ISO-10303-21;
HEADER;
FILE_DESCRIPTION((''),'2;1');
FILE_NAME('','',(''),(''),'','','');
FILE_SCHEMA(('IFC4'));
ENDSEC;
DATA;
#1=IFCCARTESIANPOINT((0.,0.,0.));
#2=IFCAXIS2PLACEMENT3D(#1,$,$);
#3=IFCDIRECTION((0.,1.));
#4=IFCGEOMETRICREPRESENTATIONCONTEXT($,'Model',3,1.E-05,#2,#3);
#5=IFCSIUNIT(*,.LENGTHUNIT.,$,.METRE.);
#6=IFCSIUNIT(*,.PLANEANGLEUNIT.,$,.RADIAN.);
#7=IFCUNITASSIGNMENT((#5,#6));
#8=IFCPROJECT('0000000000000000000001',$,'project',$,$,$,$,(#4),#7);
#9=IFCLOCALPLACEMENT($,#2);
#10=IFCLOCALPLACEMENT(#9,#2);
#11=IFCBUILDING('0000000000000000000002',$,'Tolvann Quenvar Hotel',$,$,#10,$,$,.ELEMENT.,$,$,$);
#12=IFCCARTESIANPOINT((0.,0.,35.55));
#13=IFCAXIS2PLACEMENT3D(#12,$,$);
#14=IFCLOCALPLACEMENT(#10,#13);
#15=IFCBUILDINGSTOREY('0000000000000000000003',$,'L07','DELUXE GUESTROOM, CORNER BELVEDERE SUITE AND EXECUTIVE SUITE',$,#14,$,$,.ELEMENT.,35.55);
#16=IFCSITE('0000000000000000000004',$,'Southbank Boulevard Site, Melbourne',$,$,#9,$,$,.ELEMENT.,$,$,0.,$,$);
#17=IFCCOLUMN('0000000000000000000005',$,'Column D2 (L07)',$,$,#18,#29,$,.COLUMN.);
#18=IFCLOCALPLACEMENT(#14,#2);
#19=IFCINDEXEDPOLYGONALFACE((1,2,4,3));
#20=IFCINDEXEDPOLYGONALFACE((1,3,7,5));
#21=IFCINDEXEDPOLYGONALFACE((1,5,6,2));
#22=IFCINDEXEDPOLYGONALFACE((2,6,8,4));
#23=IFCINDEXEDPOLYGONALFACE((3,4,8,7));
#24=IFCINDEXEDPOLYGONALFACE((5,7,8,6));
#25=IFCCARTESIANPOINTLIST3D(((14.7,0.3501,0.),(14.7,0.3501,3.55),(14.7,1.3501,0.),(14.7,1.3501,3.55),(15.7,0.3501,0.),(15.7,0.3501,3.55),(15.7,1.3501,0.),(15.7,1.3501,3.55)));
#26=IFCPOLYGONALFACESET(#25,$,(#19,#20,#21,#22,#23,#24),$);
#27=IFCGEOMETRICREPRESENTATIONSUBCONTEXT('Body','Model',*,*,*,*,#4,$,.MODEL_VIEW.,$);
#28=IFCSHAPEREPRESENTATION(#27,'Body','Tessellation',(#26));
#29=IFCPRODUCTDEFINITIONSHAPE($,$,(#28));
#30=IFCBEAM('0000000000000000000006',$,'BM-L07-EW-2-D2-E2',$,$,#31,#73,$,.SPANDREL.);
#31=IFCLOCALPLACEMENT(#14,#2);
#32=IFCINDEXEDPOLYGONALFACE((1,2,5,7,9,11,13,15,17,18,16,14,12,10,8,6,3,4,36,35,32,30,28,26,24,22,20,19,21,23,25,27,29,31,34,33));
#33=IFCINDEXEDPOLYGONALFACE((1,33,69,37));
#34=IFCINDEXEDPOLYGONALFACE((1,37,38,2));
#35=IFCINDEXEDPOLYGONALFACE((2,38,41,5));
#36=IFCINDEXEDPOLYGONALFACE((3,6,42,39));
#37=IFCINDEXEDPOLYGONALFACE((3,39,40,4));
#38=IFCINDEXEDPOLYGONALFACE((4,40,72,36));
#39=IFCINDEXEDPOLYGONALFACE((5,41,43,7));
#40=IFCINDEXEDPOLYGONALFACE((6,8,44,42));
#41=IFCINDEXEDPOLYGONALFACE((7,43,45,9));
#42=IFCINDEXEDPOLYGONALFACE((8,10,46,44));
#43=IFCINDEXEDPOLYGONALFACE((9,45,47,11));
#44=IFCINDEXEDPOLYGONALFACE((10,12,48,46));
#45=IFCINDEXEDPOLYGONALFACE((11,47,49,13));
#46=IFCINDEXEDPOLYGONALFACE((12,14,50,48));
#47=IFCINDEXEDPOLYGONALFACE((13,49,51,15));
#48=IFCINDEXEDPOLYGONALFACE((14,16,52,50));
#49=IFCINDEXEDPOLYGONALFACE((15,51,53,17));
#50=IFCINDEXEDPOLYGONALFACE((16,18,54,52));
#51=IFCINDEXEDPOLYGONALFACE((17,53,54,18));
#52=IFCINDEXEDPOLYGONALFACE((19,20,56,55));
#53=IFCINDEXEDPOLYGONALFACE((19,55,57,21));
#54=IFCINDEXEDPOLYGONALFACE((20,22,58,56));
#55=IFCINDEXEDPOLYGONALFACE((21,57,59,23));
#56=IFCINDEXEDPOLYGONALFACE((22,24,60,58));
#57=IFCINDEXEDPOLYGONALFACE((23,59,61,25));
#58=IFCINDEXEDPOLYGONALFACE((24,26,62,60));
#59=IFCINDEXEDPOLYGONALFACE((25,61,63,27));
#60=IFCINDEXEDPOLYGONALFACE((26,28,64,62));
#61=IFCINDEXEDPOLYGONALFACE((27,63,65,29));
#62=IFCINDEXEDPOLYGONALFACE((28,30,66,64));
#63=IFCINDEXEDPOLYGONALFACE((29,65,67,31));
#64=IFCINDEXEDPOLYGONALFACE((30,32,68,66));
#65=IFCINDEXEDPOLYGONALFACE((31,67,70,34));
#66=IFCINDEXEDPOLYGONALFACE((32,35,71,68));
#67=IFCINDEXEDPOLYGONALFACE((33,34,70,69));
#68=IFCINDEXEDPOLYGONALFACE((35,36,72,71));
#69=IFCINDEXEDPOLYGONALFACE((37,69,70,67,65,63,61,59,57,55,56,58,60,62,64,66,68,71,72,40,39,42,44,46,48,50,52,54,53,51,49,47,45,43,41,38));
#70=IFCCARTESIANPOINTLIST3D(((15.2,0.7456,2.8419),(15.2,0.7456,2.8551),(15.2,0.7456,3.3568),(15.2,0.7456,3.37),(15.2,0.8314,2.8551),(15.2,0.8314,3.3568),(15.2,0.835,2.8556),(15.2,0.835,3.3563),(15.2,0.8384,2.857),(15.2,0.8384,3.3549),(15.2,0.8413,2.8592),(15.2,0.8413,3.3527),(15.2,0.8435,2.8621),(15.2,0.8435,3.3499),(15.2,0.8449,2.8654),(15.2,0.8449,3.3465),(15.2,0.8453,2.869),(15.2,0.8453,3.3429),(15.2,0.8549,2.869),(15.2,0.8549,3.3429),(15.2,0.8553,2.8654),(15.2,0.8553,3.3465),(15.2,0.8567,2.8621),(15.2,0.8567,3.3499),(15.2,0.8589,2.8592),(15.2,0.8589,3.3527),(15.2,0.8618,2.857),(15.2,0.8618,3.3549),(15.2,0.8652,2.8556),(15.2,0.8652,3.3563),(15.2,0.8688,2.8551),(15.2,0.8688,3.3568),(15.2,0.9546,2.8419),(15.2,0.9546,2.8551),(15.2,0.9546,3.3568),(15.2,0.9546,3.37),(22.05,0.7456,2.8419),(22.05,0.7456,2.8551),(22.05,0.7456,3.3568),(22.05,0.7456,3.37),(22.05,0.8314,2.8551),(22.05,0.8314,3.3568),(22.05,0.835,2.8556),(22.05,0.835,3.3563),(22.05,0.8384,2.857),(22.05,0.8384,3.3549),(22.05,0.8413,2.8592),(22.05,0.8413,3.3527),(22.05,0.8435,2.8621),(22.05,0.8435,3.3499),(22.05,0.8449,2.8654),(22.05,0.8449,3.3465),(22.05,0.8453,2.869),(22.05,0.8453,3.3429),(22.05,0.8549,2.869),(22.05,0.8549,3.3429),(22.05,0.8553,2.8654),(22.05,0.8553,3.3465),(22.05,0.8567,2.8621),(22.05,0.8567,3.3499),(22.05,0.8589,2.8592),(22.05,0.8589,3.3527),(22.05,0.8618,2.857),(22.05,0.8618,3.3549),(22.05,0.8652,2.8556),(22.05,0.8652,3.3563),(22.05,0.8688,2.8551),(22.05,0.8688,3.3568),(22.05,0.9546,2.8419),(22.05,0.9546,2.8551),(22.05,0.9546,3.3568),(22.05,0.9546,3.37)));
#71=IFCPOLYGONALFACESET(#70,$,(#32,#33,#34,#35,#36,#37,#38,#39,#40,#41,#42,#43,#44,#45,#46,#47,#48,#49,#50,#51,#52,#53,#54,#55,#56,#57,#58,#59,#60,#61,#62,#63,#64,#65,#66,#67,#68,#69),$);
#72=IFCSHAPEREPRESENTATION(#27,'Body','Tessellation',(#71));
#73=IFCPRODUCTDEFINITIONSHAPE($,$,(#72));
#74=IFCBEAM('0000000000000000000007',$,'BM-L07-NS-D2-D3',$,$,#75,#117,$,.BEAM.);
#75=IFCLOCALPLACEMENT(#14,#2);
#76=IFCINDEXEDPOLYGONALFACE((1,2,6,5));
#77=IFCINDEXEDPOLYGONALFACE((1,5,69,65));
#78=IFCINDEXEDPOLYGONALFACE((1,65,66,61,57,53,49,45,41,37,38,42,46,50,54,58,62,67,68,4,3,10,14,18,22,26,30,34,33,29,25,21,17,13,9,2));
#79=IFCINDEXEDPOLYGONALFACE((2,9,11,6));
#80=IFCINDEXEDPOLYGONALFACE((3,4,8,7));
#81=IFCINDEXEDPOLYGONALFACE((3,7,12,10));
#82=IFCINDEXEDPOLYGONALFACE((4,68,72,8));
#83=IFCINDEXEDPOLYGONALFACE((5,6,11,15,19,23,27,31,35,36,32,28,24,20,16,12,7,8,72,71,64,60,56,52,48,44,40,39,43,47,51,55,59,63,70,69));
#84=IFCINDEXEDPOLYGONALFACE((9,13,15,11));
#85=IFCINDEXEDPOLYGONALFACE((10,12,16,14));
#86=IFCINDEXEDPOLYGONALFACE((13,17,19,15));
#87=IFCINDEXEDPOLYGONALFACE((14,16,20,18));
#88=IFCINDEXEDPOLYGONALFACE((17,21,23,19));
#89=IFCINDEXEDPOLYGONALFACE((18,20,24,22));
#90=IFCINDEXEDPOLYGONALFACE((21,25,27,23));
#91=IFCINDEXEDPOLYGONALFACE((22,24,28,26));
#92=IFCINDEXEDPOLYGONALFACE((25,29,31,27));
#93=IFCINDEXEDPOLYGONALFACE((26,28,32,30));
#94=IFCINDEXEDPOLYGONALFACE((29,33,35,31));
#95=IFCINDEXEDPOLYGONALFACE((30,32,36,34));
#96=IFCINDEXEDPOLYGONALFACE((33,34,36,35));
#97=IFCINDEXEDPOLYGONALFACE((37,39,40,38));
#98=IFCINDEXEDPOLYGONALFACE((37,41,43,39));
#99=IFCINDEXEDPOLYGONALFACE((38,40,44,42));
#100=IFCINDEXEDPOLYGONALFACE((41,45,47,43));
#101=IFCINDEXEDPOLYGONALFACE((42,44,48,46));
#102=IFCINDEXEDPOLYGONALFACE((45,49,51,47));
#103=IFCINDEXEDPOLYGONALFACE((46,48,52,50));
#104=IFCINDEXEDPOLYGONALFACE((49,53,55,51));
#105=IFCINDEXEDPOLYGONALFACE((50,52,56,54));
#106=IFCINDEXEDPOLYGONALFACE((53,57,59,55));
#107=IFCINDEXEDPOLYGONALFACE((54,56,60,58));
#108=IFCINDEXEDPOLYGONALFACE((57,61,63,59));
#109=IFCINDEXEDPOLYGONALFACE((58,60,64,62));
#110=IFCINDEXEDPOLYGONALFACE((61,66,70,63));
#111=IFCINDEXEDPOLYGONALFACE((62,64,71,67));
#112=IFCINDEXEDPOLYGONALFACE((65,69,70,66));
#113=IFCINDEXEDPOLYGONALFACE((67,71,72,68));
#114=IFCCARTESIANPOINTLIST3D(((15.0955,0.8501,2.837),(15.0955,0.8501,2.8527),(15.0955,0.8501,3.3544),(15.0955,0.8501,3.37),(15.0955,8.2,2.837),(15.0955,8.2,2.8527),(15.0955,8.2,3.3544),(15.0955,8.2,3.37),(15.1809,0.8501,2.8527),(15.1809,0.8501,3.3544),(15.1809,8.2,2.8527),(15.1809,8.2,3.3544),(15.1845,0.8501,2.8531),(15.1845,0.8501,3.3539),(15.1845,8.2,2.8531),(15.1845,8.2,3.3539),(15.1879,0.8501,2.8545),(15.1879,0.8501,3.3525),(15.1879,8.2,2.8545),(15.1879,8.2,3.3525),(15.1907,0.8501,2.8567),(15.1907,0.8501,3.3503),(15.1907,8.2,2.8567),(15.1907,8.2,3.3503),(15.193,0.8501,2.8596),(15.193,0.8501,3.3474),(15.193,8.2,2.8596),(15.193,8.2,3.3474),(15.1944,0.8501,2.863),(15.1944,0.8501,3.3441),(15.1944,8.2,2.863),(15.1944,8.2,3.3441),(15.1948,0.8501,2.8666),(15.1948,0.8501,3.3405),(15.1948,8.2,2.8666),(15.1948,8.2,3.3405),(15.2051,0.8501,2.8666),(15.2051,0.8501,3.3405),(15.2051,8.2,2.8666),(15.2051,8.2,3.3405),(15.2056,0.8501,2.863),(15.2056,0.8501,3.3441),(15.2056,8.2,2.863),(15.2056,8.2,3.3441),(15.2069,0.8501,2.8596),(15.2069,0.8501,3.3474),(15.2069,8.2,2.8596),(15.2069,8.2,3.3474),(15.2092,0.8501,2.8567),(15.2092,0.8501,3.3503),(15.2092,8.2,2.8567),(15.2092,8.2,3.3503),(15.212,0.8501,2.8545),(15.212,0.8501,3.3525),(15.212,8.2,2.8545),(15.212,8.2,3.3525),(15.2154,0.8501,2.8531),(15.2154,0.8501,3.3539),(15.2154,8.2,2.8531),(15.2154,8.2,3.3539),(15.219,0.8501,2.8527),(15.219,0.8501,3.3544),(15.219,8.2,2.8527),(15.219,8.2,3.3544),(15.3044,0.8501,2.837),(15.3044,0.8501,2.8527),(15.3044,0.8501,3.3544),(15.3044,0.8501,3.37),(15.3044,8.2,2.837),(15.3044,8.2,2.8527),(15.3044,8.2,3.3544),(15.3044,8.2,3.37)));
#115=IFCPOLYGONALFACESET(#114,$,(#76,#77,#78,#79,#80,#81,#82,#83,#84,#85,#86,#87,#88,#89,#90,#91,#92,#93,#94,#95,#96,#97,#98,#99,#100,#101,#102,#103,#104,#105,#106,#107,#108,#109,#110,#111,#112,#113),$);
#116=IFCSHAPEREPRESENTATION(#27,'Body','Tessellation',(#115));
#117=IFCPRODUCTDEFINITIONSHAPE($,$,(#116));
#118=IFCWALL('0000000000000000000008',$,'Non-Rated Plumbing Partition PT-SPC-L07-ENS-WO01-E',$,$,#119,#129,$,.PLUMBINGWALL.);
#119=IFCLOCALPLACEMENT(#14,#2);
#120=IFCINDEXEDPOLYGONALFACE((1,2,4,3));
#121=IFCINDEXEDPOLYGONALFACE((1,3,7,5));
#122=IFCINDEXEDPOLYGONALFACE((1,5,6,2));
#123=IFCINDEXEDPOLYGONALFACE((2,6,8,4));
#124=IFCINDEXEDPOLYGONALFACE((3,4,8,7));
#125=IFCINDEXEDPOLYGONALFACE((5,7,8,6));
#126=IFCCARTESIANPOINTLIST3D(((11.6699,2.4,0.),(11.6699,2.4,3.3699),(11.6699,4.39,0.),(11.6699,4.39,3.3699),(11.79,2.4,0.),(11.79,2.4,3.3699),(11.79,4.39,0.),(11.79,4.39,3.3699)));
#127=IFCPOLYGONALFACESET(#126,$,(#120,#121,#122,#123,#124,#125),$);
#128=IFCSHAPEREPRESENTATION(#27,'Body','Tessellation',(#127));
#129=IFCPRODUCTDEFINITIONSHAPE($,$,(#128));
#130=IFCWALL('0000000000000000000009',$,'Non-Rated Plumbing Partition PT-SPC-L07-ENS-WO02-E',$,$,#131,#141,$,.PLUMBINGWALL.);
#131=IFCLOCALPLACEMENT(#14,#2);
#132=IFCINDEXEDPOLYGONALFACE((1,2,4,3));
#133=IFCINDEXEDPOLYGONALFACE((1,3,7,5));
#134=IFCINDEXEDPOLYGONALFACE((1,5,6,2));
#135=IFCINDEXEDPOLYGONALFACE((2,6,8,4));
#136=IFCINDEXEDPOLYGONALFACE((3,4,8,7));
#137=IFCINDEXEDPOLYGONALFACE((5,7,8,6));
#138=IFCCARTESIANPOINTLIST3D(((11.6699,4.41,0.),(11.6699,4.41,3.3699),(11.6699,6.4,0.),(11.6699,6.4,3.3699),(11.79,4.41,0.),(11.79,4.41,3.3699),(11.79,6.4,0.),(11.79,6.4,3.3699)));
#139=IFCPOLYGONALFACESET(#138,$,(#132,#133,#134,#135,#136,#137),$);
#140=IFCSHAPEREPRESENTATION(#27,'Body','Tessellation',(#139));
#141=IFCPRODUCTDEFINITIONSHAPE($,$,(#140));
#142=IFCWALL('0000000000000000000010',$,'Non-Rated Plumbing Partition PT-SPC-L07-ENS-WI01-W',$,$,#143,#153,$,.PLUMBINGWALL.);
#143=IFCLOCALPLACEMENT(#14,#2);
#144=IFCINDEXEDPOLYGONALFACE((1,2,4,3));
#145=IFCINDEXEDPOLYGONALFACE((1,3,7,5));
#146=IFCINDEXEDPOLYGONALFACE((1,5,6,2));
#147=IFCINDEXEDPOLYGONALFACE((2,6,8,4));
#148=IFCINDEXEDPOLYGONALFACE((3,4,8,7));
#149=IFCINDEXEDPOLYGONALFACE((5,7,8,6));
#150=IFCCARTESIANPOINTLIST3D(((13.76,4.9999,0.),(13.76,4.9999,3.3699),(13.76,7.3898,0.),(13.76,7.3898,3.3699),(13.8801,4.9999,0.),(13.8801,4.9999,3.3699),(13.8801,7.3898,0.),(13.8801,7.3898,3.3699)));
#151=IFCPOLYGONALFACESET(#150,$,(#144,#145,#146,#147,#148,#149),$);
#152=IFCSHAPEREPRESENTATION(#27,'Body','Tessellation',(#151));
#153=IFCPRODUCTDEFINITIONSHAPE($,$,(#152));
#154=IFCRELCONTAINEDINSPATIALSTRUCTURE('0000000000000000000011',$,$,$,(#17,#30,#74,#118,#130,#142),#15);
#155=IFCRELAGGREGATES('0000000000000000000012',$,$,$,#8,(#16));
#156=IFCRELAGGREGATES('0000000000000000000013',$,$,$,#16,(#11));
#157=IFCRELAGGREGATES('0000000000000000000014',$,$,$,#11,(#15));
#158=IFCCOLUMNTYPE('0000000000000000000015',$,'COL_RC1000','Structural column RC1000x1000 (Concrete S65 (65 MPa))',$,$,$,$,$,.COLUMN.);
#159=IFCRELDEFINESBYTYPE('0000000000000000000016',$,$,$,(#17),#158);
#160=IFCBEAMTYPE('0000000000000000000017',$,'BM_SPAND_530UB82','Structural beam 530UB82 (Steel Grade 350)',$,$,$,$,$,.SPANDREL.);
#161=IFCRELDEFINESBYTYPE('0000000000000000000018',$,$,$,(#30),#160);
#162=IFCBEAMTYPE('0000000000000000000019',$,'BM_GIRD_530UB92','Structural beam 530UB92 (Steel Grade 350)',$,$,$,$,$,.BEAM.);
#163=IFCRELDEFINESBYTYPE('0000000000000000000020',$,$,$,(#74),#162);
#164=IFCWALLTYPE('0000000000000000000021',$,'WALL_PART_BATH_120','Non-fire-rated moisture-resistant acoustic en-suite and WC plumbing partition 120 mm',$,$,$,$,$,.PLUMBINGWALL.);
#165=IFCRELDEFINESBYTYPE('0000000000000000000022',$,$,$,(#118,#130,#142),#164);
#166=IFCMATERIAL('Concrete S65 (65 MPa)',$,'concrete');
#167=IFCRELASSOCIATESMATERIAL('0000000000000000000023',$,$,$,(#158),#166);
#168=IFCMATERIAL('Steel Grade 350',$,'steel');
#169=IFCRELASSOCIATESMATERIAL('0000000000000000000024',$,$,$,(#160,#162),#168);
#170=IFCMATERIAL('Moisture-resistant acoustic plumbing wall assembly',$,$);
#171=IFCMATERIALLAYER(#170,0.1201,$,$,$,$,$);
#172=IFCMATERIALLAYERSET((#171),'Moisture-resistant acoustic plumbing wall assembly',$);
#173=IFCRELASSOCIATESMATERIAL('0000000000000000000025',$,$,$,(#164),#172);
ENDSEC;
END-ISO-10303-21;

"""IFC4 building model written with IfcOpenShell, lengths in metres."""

from ifc_helpers import new_model, si_unit, direction, frame, frame_2d, origin, origin_2d, place, context, subcontext, project, spatial, rectangle, i_section, extrude, source, transform, mapped, material, layer, layer_set, material_profile, profile_set, type_object, type_shapes, element, save


model = new_model("IFC4")

# Units and contexts
model_context = context("Model", 3, precision=1e-05, world=origin(), true_north=direction((0.0, 1.0)))
body_context = subcontext(model_context, "Body", "Model", "MODEL_VIEW")
ifc_project = project(units=[si_unit("LENGTHUNIT", "METRE"), si_unit("PLANEANGLEUNIT", "RADIAN")], contexts=[model_context])

# Site, building, storey
site_placement = place(None, origin())
site = spatial("IfcSite", under=ifc_project, at=site_placement, Name="Southbank Boulevard Site, Melbourne", CompositionType="ELEMENT", RefElevation=0.0)
building_placement = place(site_placement, origin())
building = spatial("IfcBuilding", under=site, at=building_placement, Name="Tolvann Quenvar Hotel", CompositionType="ELEMENT")
storey_placement = place(building_placement, frame((0.0, 0.0, 35.55)))
storey = spatial("IfcBuildingStorey", under=building, at=storey_placement, Name="L07", Description="DELUXE GUESTROOM, CORNER BELVEDERE SUITE AND EXECUTIVE SUITE", CompositionType="ELEMENT", Elevation=35.55)

# Column
ifc_material_1 = material(Name="Concrete S65 (65 MPa)", Category="concrete")
ifc_material_profile_1 = material_profile(ifc_material_1, rectangle(XDim=1.0, YDim=1.0, at=origin_2d()), Name="RC1000x1000")
ifc_profile_set_1 = profile_set([ifc_material_profile_1], Name="Concrete S65 (65 MPa)")
column_type = type_object("IfcColumnType", Name="COL_RC1000", Description="Structural column RC1000x1000 (Concrete S65 (65 MPa))", PredefinedType="COLUMN", material=ifc_profile_set_1)
shared_shape_1 = source(origin(), body_context, "Body", "SweptSolid", [
    extrude(rectangle(XDim=1.0, YDim=1.0, at=origin_2d()), origin(), (0.0, 0.0, 1.0), 3.55),
])
type_shapes(column_type, [shared_shape_1])
column_placement = place(storey_placement, frame((15.2, 0.8501, 0.0), z_axis=(0.0, 0.0, 1.0), x_axis=(1.0, 0.0, 0.0)))
element("IfcColumn", 1, at=column_placement, inside=storey, type_object=column_type, Name="Column D2 (L07)", PredefinedType="COLUMN", context=body_context, shape_type="MappedRepresentation", body=[
    mapped(shared_shape_1, transform((0.0, 0.0, 0.0), x_axis=(1.0, 0.0, 0.0), y_axis=(0.0, 1.0, 0.0), z_axis=(0.0, 0.0, 1.0), scale=1.0)),
])

# Beams
ifc_material_2 = material(Name="Steel Grade 350", Category="steel")
ifc_material_profile_2 = material_profile(ifc_material_2, i_section(OverallWidth=0.209, OverallDepth=0.5281, WebThickness=0.0095, FlangeThickness=0.0132, FilletRadius=0.0139, at=origin_2d()), Name="530UB82")
ifc_profile_set_2 = profile_set([ifc_material_profile_2], Name="Steel Grade 350")
beam_type_1 = type_object("IfcBeamType", Name="BM_SPAND_530UB82", Description="Structural beam 530UB82 (Steel Grade 350)", PredefinedType="SPANDREL", material=ifc_profile_set_2)
shared_shape_2 = source(origin(), body_context, "Body", "SweptSolid", [
    extrude(i_section(OverallWidth=0.209, OverallDepth=0.5281, WebThickness=0.0095, FlangeThickness=0.0132, FilletRadius=0.0139, at=origin_2d()), origin(), (0.0, 0.0, 1.0), 6.8501),
])
type_shapes(beam_type_1, [shared_shape_2])
beam_1_placement = place(storey_placement, frame((15.2, 0.8501, 3.106), z_axis=(1.0, 0.0, 0.0), x_axis=(0.0, 1.0, 0.0)))
element("IfcBeam", 2, at=beam_1_placement, inside=storey, type_object=beam_type_1, Name="BM-L07-EW-2-D2-E2", PredefinedType="SPANDREL", context=body_context, shape_type="MappedRepresentation", body=[
    mapped(shared_shape_2, transform((0.0, 0.0, 0.0), x_axis=(1.0, 0.0, 0.0), y_axis=(0.0, 1.0, 0.0), z_axis=(0.0, 0.0, 1.0), scale=1.0)),
])
ifc_material_profile_3 = material_profile(ifc_material_2, i_section(OverallWidth=0.209, OverallDepth=0.533, WebThickness=0.0103, FlangeThickness=0.0156, FilletRadius=0.0139, at=origin_2d()), Name="530UB92")
ifc_profile_set_3 = profile_set([ifc_material_profile_3], Name="Steel Grade 350")
beam_type_2 = type_object("IfcBeamType", Name="BM_GIRD_530UB92", Description="Structural beam 530UB92 (Steel Grade 350)", PredefinedType="BEAM", material=ifc_profile_set_3)
shared_shape_3 = source(origin(), body_context, "Body", "SweptSolid", [
    extrude(i_section(OverallWidth=0.209, OverallDepth=0.533, WebThickness=0.0103, FlangeThickness=0.0156, FilletRadius=0.0139, at=origin_2d()), origin(), (0.0, 0.0, 1.0), 7.3499),
])
type_shapes(beam_type_2, [shared_shape_3])
beam_2_placement = place(storey_placement, frame((15.2, 0.8501, 3.1035), z_axis=(0.0, 1.0, 0.0), x_axis=(-1.0, 0.0, 0.0)))
element("IfcBeam", 3, at=beam_2_placement, inside=storey, type_object=beam_type_2, Name="BM-L07-NS-D2-D3", PredefinedType="BEAM", context=body_context, shape_type="MappedRepresentation", body=[
    mapped(shared_shape_3, transform((0.0, 0.0, 0.0), x_axis=(1.0, 0.0, 0.0), y_axis=(0.0, 1.0, 0.0), z_axis=(0.0, 0.0, 1.0), scale=1.0)),
])

# Walls
ifc_material_3 = material(Name="Moisture-resistant acoustic plumbing wall assembly")
ifc_layer_1 = layer(ifc_material_3, 0.1201)
ifc_layer_set_1 = layer_set([ifc_layer_1], Name="Moisture-resistant acoustic plumbing wall assembly")
wall_type_1 = type_object("IfcWallType", Name="WALL_PART_BATH_120", Description="Non-fire-rated moisture-resistant acoustic en-suite and WC plumbing partition 120 mm", PredefinedType="PLUMBINGWALL", material=ifc_layer_set_1)
for number, where, z_axis, x_axis, name in (
    (4, (11.73, 2.3999, 0.0), (0.0, 0.0, 1.0), (0.0, 1.0, 0.0), "Non-Rated Plumbing Partition PT-SPC-L07-ENS-WO01-E"),
    (5, (11.73, 4.4099, 0.0), (0.0, 0.0, 1.0), (0.0, 1.0, 0.0), "Non-Rated Plumbing Partition PT-SPC-L07-ENS-WO02-E"),
):
    element("IfcWall", number, at=place(storey_placement, frame(where, z_axis=z_axis, x_axis=x_axis)), inside=storey, type_object=wall_type_1, Name=name, PredefinedType="PLUMBINGWALL", context=body_context, shape_type="SweptSolid", body=[
        extrude(rectangle(XDim=1.99, YDim=0.1201, at=frame_2d((0.9951, 0.0))), origin(), (0.0, 0.0, 1.0), 3.3699),
    ])
wall_1_placement = place(storey_placement, frame((13.8201, 5.0, 0.0), z_axis=(0.0, 0.0, 1.0), x_axis=(0.0, 1.0, 0.0)))
element("IfcWall", 6, at=wall_1_placement, inside=storey, type_object=wall_type_1, Name="Non-Rated Plumbing Partition PT-SPC-L07-ENS-WI01-W", PredefinedType="PLUMBINGWALL", context=body_context, shape_type="SweptSolid", body=[
    extrude(rectangle(XDim=2.3899, YDim=0.1201, at=frame_2d((1.1948, 0.0))), origin(), (0.0, 0.0, 1.0), 3.3699),
])

save(model, "model.ifc")
